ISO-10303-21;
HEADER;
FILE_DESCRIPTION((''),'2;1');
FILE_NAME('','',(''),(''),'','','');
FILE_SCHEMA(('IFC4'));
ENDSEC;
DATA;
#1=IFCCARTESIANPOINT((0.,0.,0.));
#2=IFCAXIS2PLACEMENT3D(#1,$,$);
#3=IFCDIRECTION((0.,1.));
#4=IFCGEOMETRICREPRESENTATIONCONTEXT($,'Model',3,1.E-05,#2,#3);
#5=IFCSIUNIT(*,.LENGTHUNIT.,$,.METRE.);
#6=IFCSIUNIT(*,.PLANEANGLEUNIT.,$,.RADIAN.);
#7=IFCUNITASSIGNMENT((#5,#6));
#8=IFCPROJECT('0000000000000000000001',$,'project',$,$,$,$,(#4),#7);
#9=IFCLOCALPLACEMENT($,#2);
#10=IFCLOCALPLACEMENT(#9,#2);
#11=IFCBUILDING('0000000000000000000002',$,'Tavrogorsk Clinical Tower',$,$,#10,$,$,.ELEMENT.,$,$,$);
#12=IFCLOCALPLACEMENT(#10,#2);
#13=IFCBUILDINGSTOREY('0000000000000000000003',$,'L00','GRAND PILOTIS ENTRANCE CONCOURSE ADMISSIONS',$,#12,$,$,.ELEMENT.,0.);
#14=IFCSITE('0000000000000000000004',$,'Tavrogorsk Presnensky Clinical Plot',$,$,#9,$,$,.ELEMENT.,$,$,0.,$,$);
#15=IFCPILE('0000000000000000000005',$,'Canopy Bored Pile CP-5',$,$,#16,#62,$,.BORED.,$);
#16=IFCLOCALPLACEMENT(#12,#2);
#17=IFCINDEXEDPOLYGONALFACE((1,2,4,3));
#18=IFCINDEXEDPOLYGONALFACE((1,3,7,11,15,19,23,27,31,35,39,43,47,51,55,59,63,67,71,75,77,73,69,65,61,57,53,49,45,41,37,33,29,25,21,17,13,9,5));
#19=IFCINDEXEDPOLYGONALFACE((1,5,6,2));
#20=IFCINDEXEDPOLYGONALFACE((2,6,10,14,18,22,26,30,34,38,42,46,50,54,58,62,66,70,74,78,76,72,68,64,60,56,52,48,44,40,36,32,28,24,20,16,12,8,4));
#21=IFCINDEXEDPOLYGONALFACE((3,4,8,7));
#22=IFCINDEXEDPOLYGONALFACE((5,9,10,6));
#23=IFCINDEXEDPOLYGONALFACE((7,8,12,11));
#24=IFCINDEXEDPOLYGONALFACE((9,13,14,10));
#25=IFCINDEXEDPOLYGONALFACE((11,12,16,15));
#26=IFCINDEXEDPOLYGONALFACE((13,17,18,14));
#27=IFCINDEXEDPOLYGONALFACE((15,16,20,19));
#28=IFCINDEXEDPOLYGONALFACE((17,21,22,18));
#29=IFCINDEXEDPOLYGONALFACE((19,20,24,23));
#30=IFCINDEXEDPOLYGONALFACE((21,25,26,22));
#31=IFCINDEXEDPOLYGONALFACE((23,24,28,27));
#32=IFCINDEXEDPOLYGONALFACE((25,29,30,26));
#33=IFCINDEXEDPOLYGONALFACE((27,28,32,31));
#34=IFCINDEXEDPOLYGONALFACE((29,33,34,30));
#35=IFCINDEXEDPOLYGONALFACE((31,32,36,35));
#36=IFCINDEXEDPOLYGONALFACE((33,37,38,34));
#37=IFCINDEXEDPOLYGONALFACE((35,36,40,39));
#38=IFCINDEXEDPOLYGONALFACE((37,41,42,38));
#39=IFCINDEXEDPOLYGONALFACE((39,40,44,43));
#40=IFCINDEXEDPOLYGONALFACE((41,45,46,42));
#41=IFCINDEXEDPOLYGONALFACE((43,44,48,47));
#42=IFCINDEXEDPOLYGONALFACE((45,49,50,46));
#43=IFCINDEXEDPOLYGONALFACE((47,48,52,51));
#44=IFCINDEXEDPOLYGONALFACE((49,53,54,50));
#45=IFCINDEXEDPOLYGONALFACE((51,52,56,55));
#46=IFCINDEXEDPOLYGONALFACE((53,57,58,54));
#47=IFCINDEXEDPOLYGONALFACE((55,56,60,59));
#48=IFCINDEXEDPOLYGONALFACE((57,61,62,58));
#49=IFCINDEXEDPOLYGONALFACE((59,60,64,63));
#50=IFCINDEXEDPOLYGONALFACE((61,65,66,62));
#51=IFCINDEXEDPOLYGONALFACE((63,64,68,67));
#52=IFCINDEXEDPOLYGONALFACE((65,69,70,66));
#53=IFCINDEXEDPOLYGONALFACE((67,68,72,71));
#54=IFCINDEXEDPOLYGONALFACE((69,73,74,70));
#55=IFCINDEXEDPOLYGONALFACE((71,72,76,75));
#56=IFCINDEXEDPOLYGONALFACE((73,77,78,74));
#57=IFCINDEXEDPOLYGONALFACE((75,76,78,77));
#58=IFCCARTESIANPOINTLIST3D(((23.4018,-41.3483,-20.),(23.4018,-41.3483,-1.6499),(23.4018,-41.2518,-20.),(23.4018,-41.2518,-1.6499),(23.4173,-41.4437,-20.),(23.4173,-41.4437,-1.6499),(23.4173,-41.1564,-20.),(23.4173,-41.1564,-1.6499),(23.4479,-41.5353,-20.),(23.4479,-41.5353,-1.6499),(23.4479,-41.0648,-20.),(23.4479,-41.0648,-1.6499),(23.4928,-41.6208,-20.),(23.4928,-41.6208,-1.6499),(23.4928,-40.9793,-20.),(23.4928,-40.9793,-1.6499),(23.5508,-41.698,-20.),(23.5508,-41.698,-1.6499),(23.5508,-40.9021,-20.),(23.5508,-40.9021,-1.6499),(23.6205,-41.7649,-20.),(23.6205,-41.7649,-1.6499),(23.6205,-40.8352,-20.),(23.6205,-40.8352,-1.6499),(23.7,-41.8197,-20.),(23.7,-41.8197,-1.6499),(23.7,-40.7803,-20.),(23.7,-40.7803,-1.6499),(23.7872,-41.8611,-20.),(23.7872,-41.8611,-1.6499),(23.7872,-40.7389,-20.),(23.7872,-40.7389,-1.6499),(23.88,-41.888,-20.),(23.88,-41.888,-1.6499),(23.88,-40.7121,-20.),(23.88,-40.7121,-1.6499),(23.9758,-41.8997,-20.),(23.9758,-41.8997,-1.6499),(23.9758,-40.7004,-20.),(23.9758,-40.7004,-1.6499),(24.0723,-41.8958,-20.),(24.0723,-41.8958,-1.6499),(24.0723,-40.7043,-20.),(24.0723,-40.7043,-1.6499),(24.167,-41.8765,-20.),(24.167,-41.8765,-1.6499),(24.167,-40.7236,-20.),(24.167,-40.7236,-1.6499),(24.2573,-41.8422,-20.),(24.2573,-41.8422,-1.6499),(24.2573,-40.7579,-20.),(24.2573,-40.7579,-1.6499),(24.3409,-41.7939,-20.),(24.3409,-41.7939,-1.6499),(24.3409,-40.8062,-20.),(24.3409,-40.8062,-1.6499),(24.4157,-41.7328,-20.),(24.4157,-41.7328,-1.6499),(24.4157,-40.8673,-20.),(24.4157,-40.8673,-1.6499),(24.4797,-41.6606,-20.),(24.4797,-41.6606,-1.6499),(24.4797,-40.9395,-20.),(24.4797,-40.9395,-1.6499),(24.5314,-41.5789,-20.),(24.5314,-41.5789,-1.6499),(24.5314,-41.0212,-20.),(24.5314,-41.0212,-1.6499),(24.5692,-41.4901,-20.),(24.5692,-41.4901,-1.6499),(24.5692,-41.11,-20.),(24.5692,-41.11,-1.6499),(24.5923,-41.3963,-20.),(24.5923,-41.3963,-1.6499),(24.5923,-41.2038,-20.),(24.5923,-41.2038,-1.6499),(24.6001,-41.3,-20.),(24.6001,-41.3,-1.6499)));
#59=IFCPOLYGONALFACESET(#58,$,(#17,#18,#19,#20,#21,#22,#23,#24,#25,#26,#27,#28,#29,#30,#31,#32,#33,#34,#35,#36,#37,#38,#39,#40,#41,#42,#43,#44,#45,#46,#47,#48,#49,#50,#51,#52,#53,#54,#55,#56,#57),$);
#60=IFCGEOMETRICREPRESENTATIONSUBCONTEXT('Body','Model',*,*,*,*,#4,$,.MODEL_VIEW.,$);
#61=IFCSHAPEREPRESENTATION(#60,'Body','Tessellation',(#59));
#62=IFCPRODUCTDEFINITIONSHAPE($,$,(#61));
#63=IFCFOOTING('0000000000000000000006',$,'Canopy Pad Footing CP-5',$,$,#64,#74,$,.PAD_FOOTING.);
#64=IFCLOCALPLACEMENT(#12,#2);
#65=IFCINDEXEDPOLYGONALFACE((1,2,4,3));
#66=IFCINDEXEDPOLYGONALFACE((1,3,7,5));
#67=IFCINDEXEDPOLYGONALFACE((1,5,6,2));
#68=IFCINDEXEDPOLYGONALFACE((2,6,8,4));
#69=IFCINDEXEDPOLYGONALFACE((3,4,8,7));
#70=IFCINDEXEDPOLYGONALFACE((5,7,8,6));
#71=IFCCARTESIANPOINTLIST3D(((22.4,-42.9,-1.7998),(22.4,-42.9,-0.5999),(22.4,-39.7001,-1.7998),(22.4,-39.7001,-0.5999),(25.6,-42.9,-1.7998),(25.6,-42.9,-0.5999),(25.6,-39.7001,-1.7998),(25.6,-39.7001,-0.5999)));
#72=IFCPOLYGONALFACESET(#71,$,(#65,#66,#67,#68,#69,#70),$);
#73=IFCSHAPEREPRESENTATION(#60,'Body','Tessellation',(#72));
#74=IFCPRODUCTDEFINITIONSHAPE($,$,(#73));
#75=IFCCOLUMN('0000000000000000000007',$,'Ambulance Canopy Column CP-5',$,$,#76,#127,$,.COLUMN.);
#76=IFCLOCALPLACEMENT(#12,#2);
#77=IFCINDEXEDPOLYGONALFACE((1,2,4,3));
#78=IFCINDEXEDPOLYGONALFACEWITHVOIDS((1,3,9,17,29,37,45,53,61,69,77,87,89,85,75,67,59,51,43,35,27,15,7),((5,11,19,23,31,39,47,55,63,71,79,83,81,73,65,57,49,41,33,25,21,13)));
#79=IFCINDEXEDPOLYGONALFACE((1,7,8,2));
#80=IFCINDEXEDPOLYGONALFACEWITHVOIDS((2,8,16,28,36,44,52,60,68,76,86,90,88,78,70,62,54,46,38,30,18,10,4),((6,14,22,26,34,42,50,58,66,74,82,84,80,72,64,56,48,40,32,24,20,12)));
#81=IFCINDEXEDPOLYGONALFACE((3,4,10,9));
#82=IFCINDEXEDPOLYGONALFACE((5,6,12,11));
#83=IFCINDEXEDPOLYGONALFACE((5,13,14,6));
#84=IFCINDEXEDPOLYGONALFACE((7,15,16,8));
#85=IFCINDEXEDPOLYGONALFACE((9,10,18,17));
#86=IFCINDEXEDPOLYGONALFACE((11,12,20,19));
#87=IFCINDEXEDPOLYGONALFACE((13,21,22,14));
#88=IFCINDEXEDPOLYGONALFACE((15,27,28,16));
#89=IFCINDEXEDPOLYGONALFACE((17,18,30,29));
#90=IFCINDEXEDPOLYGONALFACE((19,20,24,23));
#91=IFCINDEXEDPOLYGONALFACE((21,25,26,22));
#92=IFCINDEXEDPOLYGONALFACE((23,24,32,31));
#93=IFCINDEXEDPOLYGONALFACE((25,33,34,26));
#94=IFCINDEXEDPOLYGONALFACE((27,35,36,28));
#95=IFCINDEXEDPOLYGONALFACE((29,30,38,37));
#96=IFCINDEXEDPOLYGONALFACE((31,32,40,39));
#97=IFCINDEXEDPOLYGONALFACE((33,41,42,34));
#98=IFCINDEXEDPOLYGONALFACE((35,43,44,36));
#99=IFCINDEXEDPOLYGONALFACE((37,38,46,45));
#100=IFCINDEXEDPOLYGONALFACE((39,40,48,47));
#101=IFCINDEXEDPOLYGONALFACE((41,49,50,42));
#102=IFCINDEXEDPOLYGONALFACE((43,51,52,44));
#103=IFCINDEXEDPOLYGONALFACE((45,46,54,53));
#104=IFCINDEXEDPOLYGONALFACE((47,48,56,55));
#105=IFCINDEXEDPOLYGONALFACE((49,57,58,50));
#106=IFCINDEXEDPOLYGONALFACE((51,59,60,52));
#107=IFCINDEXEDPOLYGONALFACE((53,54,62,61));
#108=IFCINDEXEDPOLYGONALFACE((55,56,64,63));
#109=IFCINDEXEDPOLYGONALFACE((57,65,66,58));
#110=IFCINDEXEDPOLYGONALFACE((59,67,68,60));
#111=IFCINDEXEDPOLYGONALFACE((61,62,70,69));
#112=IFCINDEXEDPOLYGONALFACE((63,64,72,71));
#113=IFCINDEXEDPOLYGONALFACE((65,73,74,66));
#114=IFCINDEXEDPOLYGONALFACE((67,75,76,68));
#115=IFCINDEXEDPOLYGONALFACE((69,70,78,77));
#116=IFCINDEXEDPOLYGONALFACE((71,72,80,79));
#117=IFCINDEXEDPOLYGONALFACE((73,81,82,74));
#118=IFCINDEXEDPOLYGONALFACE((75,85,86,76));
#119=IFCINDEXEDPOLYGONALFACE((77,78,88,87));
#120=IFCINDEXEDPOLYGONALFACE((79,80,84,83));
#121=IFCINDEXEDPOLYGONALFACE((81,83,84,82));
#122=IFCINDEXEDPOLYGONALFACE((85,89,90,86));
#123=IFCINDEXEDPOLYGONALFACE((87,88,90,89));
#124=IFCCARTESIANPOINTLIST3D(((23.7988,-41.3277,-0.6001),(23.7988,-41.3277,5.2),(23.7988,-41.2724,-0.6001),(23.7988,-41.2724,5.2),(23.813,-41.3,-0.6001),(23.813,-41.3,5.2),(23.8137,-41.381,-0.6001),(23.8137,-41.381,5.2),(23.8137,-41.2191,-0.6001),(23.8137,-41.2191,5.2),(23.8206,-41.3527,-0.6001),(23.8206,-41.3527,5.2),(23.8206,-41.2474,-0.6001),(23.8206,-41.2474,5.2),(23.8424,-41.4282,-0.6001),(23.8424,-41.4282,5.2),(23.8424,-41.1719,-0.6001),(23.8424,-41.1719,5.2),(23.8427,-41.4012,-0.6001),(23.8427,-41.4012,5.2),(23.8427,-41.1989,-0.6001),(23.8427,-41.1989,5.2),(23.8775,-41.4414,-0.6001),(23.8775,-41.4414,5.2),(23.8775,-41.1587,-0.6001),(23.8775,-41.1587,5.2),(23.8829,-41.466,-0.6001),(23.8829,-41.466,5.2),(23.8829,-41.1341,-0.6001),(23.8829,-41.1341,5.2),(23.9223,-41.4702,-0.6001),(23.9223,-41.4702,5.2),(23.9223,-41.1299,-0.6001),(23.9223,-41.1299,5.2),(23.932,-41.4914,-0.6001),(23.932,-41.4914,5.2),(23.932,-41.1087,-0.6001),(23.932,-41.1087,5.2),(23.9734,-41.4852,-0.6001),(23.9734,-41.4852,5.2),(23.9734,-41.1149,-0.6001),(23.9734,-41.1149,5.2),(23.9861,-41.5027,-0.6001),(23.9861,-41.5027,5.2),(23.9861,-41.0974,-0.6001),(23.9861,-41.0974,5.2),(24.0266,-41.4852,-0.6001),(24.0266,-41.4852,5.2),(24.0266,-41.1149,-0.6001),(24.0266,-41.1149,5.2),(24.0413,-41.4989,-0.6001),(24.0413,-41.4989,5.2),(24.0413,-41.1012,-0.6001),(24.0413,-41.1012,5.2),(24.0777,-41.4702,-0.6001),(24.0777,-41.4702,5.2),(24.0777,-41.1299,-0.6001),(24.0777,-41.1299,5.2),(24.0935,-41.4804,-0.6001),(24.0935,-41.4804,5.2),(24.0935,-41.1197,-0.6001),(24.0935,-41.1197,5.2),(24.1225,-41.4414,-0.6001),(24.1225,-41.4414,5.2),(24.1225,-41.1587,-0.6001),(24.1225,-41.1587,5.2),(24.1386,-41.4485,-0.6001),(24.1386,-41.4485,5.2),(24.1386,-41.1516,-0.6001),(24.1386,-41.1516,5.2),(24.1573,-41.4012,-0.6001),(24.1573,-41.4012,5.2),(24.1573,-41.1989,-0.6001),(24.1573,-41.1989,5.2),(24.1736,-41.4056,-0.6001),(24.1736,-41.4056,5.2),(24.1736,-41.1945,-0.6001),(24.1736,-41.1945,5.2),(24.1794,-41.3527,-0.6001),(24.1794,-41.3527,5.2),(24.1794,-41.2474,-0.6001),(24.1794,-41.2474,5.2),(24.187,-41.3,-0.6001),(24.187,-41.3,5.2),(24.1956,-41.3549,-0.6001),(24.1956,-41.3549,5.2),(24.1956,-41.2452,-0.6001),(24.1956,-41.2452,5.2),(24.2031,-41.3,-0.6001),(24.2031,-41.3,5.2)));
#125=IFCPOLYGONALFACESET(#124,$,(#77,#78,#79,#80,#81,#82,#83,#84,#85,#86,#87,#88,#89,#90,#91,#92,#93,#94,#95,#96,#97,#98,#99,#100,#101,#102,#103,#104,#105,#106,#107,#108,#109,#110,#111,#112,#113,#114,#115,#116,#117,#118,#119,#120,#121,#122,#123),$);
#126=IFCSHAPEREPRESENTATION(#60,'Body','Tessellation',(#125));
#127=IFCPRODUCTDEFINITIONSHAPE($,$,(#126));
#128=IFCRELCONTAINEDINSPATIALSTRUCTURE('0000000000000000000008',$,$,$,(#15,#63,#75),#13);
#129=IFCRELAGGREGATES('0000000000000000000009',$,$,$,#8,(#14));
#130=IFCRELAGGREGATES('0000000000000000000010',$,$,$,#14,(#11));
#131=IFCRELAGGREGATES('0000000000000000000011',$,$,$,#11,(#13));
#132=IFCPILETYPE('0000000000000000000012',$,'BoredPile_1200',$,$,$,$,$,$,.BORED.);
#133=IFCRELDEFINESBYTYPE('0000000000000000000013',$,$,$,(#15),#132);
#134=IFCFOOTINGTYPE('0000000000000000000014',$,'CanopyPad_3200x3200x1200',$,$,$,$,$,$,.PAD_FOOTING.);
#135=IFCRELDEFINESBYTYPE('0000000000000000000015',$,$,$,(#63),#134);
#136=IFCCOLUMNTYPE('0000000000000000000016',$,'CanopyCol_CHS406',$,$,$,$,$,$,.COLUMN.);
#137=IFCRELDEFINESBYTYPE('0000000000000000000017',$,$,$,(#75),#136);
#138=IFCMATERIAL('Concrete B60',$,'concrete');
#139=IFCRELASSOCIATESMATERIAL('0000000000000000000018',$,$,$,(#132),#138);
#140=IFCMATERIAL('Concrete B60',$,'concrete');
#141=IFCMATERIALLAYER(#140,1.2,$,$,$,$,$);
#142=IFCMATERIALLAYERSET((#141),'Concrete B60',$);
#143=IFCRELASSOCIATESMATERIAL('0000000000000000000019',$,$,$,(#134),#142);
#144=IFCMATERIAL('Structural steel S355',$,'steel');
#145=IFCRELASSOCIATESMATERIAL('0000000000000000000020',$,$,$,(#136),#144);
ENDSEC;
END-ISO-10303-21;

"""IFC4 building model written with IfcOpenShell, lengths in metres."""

from ifc_helpers import new_model, si_unit, direction, frame, origin, origin_2d, place, context, subcontext, project, spatial, rectangle, circle, hollow_circle, extrude, material, layer, layer_set, material_profile, profile_set, type_object, element, save


model = new_model("IFC4")

# Units and contexts
model_context = context("Model", 3, precision=1e-05, world=origin(), true_north=direction((0.0, 1.0)))
body_context = subcontext(model_context, "Body", "Model", "MODEL_VIEW")
ifc_project = project(units=[si_unit("LENGTHUNIT", "METRE"), si_unit("PLANEANGLEUNIT", "RADIAN")], contexts=[model_context])

# Site, building, storey
site_placement = place(None, origin())
site = spatial("IfcSite", under=ifc_project, at=site_placement, Name="Tavrogorsk Presnensky Clinical Plot", CompositionType="ELEMENT", RefElevation=0.0)
building_placement = place(site_placement, origin())
building = spatial("IfcBuilding", under=site, at=building_placement, Name="Tavrogorsk Clinical Tower", CompositionType="ELEMENT")
storey_placement = place(building_placement, origin())
storey = spatial("IfcBuildingStorey", under=building, at=storey_placement, Name="L00", Description="GRAND PILOTIS ENTRANCE CONCOURSE ADMISSIONS", CompositionType="ELEMENT", Elevation=0.0)

# Pile
ifc_material_1 = material(Name="Concrete B60", Category="concrete")
ifc_material_profile_1 = material_profile(ifc_material_1, circle(Radius=0.6001, at=origin_2d()), Name="BORED-PILE-1200")
ifc_profile_set_1 = profile_set([ifc_material_profile_1], Name="Concrete B60")
pile_type = type_object("IfcPileType", Name="BoredPile_1200", PredefinedType="BORED", material=ifc_profile_set_1)
pile_placement = place(storey_placement, frame((24.0, -41.3, -1.6499), z_axis=(0.0, 0.0, -1.0), x_axis=(1.0, 0.0, 0.0)))
element("IfcPile", 1, at=pile_placement, inside=storey, type_object=pile_type, Name="Canopy Bored Pile CP-5", PredefinedType="BORED", context=body_context, shape_type="SweptSolid", body=[
    extrude(circle(Radius=0.6001, at=origin_2d()), origin(), (0.0, 0.0, 1.0), 18.3501),
])

# Footing
ifc_material_2 = material(Name="Concrete B60", Category="concrete")
ifc_layer_1 = layer(ifc_material_2, 1.2)
ifc_layer_set_1 = layer_set([ifc_layer_1], Name="Concrete B60")
footing_type = type_object("IfcFootingType", Name="CanopyPad_3200x3200x1200", PredefinedType="PAD_FOOTING", material=ifc_layer_set_1)
footing_placement = place(storey_placement, frame((24.0, -41.3, -1.7998), z_axis=(0.0, 0.0, 1.0), x_axis=(1.0, 0.0, 0.0)))
element("IfcFooting", 2, at=footing_placement, inside=storey, type_object=footing_type, Name="Canopy Pad Footing CP-5", PredefinedType="PAD_FOOTING", context=body_context, shape_type="SweptSolid", body=[
    extrude(rectangle(XDim=3.2, YDim=3.2, at=origin_2d()), origin(), (0.0, 0.0, 1.0), 1.2),
])

# Column
ifc_material_3 = material(Name="Structural steel S355", Category="steel")
ifc_material_profile_2 = material_profile(ifc_material_3, hollow_circle(Radius=0.2031, WallThickness=0.0161, at=origin_2d()), Name="CHS-406.4x16")
ifc_profile_set_2 = profile_set([ifc_material_profile_2], Name="Structural steel S355")
column_type_1 = type_object("IfcColumnType", Name="CanopyCol_CHS406", PredefinedType="COLUMN", material=ifc_profile_set_2)
column_placement = place(storey_placement, frame((24.0, -41.3, -0.6001), z_axis=(0.0, 0.0, 1.0), x_axis=(1.0, 0.0, 0.0)))
element("IfcColumn", 3, at=column_placement, inside=storey, type_object=column_type_1, Name="Ambulance Canopy Column CP-5", PredefinedType="COLUMN", context=body_context, shape_type="SweptSolid", body=[
    extrude(hollow_circle(Radius=0.2031, WallThickness=0.0161, at=origin_2d()), origin(), (0.0, 0.0, 1.0), 5.8),
])

save(model, "model.ifc")
